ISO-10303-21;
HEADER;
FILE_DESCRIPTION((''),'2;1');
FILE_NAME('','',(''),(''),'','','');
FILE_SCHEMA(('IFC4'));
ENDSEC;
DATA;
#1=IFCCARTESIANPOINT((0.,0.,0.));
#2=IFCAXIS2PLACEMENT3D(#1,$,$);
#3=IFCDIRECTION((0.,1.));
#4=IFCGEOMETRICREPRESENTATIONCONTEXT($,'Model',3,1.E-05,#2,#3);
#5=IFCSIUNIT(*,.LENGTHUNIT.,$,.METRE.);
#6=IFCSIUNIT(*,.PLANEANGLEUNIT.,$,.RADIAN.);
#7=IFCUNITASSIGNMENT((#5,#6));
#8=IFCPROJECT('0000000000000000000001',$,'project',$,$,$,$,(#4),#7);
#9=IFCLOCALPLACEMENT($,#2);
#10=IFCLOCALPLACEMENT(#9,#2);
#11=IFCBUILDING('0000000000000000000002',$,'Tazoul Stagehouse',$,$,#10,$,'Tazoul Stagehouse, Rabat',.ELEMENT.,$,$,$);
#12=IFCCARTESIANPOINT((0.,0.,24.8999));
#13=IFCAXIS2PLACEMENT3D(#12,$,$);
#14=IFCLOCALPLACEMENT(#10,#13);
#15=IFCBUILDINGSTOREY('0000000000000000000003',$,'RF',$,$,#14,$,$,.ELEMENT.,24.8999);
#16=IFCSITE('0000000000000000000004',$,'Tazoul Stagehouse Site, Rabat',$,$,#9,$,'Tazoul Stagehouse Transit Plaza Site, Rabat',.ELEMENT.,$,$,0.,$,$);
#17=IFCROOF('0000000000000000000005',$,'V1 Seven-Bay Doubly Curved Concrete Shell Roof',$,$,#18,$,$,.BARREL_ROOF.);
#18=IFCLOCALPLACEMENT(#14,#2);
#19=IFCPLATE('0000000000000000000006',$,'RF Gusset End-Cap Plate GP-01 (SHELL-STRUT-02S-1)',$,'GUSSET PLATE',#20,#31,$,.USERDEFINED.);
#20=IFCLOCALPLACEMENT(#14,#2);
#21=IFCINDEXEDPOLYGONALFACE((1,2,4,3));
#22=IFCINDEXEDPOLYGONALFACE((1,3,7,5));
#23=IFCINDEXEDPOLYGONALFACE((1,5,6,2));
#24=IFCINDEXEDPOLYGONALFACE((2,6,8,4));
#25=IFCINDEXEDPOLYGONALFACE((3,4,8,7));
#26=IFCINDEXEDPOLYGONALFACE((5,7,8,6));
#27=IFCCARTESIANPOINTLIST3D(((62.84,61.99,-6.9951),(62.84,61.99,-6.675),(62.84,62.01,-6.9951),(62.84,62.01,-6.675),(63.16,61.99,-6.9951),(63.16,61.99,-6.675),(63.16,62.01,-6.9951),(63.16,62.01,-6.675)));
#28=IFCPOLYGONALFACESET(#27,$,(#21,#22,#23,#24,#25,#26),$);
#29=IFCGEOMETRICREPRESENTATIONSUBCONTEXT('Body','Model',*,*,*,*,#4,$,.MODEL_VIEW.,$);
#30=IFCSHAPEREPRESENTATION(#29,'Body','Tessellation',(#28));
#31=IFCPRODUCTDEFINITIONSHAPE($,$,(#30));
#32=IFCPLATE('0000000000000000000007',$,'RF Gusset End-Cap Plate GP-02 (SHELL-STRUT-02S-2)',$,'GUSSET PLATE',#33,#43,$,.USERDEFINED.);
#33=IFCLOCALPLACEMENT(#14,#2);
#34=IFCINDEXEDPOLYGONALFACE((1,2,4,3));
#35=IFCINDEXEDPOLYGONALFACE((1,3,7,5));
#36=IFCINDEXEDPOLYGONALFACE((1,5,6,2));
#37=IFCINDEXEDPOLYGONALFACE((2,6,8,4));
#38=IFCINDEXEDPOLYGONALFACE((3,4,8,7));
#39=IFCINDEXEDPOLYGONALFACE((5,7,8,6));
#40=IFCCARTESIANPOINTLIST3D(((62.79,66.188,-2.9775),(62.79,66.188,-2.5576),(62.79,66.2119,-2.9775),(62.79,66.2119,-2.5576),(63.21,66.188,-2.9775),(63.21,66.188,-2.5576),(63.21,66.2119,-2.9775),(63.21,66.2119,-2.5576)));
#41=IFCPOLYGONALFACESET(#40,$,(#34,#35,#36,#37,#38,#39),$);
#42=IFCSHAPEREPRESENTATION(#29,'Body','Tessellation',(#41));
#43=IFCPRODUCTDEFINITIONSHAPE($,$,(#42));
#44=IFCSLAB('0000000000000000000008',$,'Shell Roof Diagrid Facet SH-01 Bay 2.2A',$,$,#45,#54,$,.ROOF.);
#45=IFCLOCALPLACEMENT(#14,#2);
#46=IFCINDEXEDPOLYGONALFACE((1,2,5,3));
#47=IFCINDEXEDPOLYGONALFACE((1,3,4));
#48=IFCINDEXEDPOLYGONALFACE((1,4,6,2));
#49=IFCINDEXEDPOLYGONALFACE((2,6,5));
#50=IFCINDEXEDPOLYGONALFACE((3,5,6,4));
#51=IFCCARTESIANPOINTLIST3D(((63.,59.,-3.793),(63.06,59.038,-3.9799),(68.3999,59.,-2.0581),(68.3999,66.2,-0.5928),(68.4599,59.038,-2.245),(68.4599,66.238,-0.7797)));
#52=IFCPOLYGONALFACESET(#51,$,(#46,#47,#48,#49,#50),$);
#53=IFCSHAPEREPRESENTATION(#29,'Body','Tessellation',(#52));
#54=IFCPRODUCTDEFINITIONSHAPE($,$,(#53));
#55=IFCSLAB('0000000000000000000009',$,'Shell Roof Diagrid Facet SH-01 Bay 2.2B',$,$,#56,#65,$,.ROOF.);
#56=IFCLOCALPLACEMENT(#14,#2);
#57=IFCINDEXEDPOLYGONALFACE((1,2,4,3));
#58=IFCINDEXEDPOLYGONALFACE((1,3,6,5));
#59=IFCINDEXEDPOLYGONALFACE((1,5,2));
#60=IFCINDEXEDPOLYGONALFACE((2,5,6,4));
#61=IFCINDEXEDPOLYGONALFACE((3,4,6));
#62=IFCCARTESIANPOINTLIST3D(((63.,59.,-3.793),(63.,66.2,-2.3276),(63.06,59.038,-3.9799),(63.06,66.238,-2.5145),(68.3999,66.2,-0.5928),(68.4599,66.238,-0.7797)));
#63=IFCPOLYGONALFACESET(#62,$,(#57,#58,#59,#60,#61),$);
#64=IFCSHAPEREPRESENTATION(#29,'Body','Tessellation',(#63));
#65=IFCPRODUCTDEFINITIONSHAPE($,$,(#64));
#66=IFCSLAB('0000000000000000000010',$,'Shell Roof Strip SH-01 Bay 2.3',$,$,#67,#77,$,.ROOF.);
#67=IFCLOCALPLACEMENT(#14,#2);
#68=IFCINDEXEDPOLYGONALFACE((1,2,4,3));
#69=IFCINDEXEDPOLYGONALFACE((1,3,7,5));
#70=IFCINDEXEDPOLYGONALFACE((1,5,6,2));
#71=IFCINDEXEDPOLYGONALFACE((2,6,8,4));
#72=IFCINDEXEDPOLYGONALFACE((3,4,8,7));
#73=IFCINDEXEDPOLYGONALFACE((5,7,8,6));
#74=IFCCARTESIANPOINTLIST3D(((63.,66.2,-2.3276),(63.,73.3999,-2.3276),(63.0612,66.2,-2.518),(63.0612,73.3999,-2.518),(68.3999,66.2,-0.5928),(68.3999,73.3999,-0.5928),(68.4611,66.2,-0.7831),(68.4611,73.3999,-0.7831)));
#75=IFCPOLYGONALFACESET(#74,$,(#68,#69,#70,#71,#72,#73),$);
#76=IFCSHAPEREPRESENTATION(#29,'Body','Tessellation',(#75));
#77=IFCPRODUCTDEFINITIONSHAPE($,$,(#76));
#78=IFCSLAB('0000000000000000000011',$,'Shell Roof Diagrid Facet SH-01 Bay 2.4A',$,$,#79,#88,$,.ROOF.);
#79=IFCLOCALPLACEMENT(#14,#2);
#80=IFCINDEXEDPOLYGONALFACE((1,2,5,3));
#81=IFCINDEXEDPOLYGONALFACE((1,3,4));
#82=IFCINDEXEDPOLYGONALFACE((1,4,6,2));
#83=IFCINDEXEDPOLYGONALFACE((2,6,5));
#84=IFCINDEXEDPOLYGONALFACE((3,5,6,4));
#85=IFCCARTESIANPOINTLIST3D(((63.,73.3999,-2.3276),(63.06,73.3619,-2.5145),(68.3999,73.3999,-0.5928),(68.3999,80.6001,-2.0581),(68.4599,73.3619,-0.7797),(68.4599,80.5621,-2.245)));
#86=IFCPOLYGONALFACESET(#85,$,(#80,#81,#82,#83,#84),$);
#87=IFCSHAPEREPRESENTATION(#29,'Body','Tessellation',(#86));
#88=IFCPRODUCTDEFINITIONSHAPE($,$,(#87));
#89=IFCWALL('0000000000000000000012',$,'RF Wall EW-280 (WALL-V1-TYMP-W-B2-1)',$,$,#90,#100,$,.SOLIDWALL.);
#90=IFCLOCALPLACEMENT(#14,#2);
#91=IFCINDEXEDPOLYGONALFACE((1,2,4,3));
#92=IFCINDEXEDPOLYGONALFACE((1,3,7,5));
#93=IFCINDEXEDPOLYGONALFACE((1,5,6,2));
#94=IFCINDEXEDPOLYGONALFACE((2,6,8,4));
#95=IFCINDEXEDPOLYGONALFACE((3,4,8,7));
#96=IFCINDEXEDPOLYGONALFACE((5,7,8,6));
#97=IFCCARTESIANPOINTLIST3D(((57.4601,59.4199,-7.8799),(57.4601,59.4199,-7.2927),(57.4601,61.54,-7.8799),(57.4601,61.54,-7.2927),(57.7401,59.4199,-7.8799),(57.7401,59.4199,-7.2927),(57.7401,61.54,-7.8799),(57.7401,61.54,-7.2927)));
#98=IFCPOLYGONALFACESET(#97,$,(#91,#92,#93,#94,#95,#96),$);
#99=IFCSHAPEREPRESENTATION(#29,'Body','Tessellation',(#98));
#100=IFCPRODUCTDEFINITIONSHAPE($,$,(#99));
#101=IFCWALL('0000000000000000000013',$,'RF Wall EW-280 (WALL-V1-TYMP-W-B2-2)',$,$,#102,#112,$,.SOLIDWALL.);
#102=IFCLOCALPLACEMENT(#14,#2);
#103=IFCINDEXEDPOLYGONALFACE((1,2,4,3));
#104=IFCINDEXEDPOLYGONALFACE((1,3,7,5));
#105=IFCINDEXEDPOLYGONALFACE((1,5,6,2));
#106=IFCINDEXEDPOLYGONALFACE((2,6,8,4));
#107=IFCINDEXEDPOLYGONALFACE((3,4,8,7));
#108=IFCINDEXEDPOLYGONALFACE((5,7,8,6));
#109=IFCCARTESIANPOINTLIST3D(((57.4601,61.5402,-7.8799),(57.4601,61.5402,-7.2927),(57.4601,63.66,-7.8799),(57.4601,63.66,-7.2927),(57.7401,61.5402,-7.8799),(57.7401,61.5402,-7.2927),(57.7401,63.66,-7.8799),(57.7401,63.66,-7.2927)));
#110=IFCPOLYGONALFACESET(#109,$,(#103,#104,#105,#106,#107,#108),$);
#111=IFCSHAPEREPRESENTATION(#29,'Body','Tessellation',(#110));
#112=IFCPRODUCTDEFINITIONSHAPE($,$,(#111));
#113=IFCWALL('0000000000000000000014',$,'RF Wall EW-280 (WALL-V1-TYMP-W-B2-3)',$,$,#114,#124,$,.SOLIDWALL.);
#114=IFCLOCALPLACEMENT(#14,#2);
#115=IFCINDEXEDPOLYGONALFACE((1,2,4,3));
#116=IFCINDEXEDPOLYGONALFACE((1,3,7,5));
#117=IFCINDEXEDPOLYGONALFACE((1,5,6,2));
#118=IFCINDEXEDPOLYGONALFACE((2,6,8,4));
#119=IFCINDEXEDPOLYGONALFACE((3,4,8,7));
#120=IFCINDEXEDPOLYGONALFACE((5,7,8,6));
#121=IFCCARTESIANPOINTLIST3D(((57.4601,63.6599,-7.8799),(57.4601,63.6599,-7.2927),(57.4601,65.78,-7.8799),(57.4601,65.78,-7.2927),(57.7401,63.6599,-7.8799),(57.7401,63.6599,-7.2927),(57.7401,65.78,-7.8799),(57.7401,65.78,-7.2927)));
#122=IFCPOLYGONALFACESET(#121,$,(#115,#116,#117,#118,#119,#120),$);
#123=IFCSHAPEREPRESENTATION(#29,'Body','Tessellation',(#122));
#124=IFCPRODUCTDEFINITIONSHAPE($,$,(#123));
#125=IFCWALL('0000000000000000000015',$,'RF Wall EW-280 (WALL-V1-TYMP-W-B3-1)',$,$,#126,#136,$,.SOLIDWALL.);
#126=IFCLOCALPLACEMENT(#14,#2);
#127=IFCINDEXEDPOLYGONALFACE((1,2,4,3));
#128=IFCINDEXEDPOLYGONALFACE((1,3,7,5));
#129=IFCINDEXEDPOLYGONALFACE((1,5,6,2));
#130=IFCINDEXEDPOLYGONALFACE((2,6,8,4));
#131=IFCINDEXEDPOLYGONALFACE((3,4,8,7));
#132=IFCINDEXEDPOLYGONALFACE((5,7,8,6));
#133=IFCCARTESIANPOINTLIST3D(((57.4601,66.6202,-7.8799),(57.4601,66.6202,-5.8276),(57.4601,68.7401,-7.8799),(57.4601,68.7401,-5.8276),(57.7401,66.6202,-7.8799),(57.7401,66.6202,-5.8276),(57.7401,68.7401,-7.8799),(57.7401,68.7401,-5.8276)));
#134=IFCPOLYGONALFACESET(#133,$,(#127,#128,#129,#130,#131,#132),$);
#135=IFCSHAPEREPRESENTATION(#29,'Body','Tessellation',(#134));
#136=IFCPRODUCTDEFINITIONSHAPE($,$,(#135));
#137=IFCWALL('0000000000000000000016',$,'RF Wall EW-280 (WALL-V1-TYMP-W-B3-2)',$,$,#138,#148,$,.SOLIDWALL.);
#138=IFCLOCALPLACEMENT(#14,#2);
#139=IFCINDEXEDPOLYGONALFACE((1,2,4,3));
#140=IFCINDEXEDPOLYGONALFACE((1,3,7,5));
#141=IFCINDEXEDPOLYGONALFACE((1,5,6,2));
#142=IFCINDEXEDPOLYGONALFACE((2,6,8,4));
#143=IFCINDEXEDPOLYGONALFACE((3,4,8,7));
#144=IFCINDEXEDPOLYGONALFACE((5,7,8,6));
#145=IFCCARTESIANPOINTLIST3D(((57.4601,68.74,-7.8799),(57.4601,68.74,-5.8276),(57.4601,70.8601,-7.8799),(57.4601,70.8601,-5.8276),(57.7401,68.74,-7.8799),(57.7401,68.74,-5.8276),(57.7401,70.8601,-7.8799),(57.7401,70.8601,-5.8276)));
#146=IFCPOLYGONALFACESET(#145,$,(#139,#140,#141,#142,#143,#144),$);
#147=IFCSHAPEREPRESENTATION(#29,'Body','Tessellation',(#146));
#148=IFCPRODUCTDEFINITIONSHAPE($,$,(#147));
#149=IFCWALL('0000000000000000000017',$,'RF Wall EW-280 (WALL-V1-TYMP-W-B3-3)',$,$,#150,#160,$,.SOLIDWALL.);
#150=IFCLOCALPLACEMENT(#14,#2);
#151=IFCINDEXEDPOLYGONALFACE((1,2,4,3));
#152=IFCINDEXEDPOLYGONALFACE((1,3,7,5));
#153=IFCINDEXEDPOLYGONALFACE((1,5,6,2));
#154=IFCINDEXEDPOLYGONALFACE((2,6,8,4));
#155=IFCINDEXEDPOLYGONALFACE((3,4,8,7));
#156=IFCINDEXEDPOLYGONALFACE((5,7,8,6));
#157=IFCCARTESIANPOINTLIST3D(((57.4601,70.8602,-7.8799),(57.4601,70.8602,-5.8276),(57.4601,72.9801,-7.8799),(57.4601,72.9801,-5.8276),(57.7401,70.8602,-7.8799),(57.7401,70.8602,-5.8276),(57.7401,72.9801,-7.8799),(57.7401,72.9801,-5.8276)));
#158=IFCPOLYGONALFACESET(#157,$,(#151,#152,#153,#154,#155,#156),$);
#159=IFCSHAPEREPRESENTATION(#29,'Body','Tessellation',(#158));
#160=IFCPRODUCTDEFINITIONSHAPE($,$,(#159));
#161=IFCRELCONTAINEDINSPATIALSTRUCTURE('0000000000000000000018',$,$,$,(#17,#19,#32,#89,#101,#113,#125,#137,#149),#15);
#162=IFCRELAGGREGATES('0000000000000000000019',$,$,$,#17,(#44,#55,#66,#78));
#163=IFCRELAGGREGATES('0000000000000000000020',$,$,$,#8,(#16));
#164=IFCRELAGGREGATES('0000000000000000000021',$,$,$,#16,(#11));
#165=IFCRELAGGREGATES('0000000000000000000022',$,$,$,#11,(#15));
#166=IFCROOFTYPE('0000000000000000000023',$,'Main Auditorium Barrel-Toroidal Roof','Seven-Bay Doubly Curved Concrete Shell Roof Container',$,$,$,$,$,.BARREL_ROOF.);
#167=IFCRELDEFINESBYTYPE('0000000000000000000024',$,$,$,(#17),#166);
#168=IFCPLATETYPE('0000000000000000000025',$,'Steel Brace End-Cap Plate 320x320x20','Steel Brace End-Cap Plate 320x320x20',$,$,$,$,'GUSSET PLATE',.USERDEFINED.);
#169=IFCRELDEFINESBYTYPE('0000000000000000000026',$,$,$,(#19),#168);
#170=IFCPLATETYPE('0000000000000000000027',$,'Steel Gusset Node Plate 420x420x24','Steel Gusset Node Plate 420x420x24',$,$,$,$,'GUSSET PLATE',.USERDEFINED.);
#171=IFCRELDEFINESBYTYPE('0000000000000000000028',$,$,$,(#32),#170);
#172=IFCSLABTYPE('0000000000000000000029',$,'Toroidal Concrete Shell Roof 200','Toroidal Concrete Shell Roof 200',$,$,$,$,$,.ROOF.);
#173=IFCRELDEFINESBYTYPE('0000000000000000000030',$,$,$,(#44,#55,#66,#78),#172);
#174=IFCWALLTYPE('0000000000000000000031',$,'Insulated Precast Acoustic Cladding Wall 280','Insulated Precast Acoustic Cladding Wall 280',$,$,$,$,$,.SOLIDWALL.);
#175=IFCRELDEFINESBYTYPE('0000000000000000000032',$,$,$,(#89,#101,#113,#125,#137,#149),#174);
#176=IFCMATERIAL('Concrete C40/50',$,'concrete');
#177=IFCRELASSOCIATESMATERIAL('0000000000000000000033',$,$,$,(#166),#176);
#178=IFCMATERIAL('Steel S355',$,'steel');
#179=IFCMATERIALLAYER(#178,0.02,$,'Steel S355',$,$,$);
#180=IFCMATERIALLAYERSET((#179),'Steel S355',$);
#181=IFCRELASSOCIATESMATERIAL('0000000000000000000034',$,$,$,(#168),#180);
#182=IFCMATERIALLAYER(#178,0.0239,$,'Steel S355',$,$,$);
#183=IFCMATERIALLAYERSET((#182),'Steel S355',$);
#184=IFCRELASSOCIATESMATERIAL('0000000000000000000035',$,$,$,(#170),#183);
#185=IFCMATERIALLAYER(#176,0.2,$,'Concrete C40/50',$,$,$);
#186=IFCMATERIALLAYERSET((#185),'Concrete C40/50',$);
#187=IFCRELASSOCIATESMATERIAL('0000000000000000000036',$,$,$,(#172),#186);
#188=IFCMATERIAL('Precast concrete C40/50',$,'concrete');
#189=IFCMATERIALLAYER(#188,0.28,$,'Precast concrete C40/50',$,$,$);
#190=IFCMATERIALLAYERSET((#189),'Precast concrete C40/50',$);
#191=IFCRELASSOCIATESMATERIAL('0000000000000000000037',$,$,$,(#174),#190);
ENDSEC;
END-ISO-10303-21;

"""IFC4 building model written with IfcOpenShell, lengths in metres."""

from ifc_helpers import new_model, si_unit, direction, frame, frame_2d, origin, origin_2d, place, context, subcontext, project, spatial, polyline, rectangle, outline, extrude, material, layer, layer_set, type_object, element, aggregate, save


model = new_model("IFC4")

# Units and contexts
model_context = context("Model", 3, precision=1e-05, world=origin(), true_north=direction((0.0, 1.0)))
body_context = subcontext(model_context, "Body", "Model", "MODEL_VIEW")
ifc_project = project(units=[si_unit("LENGTHUNIT", "METRE"), si_unit("PLANEANGLEUNIT", "RADIAN")], contexts=[model_context])

# Site, building, storey
site_placement = place(None, origin())
site = spatial("IfcSite", under=ifc_project, at=site_placement, Name="Tazoul Stagehouse Site, Rabat", LongName="Tazoul Stagehouse Transit Plaza Site, Rabat", CompositionType="ELEMENT", RefElevation=0.0)
building_placement = place(site_placement, origin())
building = spatial("IfcBuilding", under=site, at=building_placement, Name="Tazoul Stagehouse", LongName="Tazoul Stagehouse, Rabat", CompositionType="ELEMENT")
storey_placement = place(building_placement, frame((0.0, 0.0, 24.8999)))
storey = spatial("IfcBuildingStorey", under=building, at=storey_placement, Name="RF", CompositionType="ELEMENT", Elevation=24.8999)

# Shared definitions
ifc_material_1 = material(Name="Concrete C40/50", Category="concrete")

# Shared definitions
ifc_material_2 = material(Name="Steel S355", Category="steel")

# Roof
roof_type_1 = type_object("IfcRoofType", Name="Main Auditorium Barrel-Toroidal Roof", Description="Seven-Bay Doubly Curved Concrete Shell Roof Container", PredefinedType="BARREL_ROOF", material=ifc_material_1)
roof_1_placement = place(storey_placement, origin())
roof_1 = element("IfcRoof", 1, at=roof_1_placement, inside=storey, type_object=roof_type_1, Name="V1 Seven-Bay Doubly Curved Concrete Shell Roof", PredefinedType="BARREL_ROOF")

# Plates
ifc_layer_1 = layer(ifc_material_2, 0.02, Name="Steel S355")
ifc_layer_set_1 = layer_set([ifc_layer_1], Name="Steel S355")
plate_type_1 = type_object("IfcPlateType", Name="Steel Brace End-Cap Plate 320x320x20", Description="Steel Brace End-Cap Plate 320x320x20", ElementType="GUSSET PLATE", PredefinedType="USERDEFINED", material=ifc_layer_set_1)
plate_1_placement = place(storey_placement, frame((63.0, 62.0, -6.9951), z_axis=(0.0, 0.0, 1.0), x_axis=(0.0, 1.0, 0.0)))
element("IfcPlate", 2, at=plate_1_placement, inside=storey, type_object=plate_type_1, Name="RF Gusset End-Cap Plate GP-01 (SHELL-STRUT-02S-1)", ObjectType="GUSSET PLATE", PredefinedType="USERDEFINED", context=body_context, shape_type="SweptSolid", body=[
    extrude(rectangle(XDim=0.02, YDim=0.3201, at=origin_2d()), origin(), (0.0, 0.0, 1.0), 0.3201),
])
ifc_layer_2 = layer(ifc_material_2, 0.0239, Name="Steel S355")
ifc_layer_set_2 = layer_set([ifc_layer_2], Name="Steel S355")
plate_type_2 = type_object("IfcPlateType", Name="Steel Gusset Node Plate 420x420x24", Description="Steel Gusset Node Plate 420x420x24", ElementType="GUSSET PLATE", PredefinedType="USERDEFINED", material=ifc_layer_set_2)
plate_2_placement = place(storey_placement, frame((63.0, 66.2, -2.9775), z_axis=(0.0, 0.0, 1.0), x_axis=(0.0, 1.0, 0.0)))
element("IfcPlate", 3, at=plate_2_placement, inside=storey, type_object=plate_type_2, Name="RF Gusset End-Cap Plate GP-02 (SHELL-STRUT-02S-2)", ObjectType="GUSSET PLATE", PredefinedType="USERDEFINED", context=body_context, shape_type="SweptSolid", body=[
    extrude(rectangle(XDim=0.0239, YDim=0.4199, at=origin_2d()), origin(), (0.0, 0.0, 1.0), 0.4199),
])

# Slabs
ifc_layer_3 = layer(ifc_material_1, 0.2, Name="Concrete C40/50")
ifc_layer_set_3 = layer_set([ifc_layer_3], Name="Concrete C40/50")
slab_type_1 = type_object("IfcSlabType", Name="Toroidal Concrete Shell Roof 200", Description="Toroidal Concrete Shell Roof 200", PredefinedType="ROOF", material=ifc_layer_set_3)
slab_1_placement = place(storey_placement, frame((63.0, 59.0, -3.793), z_axis=(-0.300293, -0.190227, 0.934686), x_axis=(0.952071, 0.0, 0.305878)))
slab_1 = element("IfcSlab", 4, at=slab_1_placement, type_object=slab_type_1, Name="Shell Roof Diagrid Facet SH-01 Bay 2.2A", PredefinedType="ROOF", context=body_context, shape_type="SweptSolid", body=[
    extrude(outline(polyline([(0.0, 0.0), (5.6717, 0.0), (6.12, 7.3339), (0.0, 0.0)])), origin(), (0.0, 0.0, -1.0), 0.2),
])
slab_2_placement = place(storey_placement, frame((63.0, 59.0, -3.793), z_axis=(-0.300293, -0.190227, 0.934686), x_axis=(0.56532, 0.753769, 0.335031)))
slab_2 = element("IfcSlab", 5, at=slab_2_placement, type_object=slab_type_1, Name="Shell Roof Diagrid Facet SH-01 Bay 2.2B", PredefinedType="ROOF", context=body_context, shape_type="SweptSolid", body=[
    extrude(outline(polyline([(0.0, 0.0), (9.5519, 0.0), (5.918, 4.3547), (0.0, 0.0)])), origin(), (0.0, 0.0, -1.0), 0.2),
])
slab_3_placement = place(storey_placement, frame((63.0, 66.2, -2.3276), z_axis=(-0.305878, 0.0, 0.952071), x_axis=(0.952071, 0.0, 0.305878)))
slab_3 = element("IfcSlab", 6, at=slab_3_placement, type_object=slab_type_1, Name="Shell Roof Strip SH-01 Bay 2.3", PredefinedType="ROOF", context=body_context, shape_type="SweptSolid", body=[
    extrude(outline(polyline([(0.0, 0.0), (5.6717, 0.0), (5.6717, 7.2), (0.0, 7.2), (0.0, 0.0)])), origin(), (0.0, 0.0, -1.0), 0.2),
])
slab_4_placement = place(storey_placement, frame((63.0, 73.3999, -2.3276), z_axis=(-0.300293, 0.190221, 0.934687), x_axis=(0.952071, 0.0, 0.305878)))
slab_4 = element("IfcSlab", 7, at=slab_4_placement, type_object=slab_type_1, Name="Shell Roof Diagrid Facet SH-01 Bay 2.4A", PredefinedType="ROOF", context=body_context, shape_type="SweptSolid", body=[
    extrude(outline(polyline([(0.0, 0.0), (5.6717, 0.0), (5.2235, 7.3341), (0.0, 0.0)])), origin(), (0.0, 0.0, -1.0), 0.2),
])
aggregate(roof_1, [slab_1, slab_2, slab_3, slab_4])

# Walls
ifc_material_3 = material(Name="Precast concrete C40/50", Category="concrete")
ifc_layer_4 = layer(ifc_material_3, 0.28, Name="Precast concrete C40/50")
ifc_layer_set_4 = layer_set([ifc_layer_4], Name="Precast concrete C40/50")
wall_type = type_object("IfcWallType", Name="Insulated Precast Acoustic Cladding Wall 280", Description="Insulated Precast Acoustic Cladding Wall 280", PredefinedType="SOLIDWALL", material=ifc_layer_set_4)
wall_1_placement = place(storey_placement, frame((57.6001, 59.4199, -7.8799), z_axis=(0.0, 0.0, 1.0), x_axis=(0.0, 1.0, 0.0)))
element("IfcWall", 8, at=wall_1_placement, inside=storey, type_object=wall_type, Name="RF Wall EW-280 (WALL-V1-TYMP-W-B2-1)", PredefinedType="SOLIDWALL", context=body_context, shape_type="SweptSolid", body=[
    extrude(rectangle(XDim=2.1201, YDim=0.28, at=frame_2d((1.0601, 0.0))), origin(), (0.0, 0.0, 1.0), 0.5872),
])
wall_2_placement = place(storey_placement, frame((57.6001, 61.54, -7.8799), z_axis=(0.0, 0.0, 1.0), x_axis=(0.0, 1.0, 0.0)))
element("IfcWall", 9, at=wall_2_placement, inside=storey, type_object=wall_type, Name="RF Wall EW-280 (WALL-V1-TYMP-W-B2-2)", PredefinedType="SOLIDWALL", context=body_context, shape_type="SweptSolid", body=[
    extrude(rectangle(XDim=2.1199, YDim=0.28, at=frame_2d((1.0601, 0.0))), origin(), (0.0, 0.0, 1.0), 0.5872),
])
wall_3_placement = place(storey_placement, frame((57.6001, 63.6599, -7.8799), z_axis=(0.0, 0.0, 1.0), x_axis=(0.0, 1.0, 0.0)))
element("IfcWall", 10, at=wall_3_placement, inside=storey, type_object=wall_type, Name="RF Wall EW-280 (WALL-V1-TYMP-W-B2-3)", PredefinedType="SOLIDWALL", context=body_context, shape_type="SweptSolid", body=[
    extrude(rectangle(XDim=2.1201, YDim=0.28, at=frame_2d((1.0601, 0.0))), origin(), (0.0, 0.0, 1.0), 0.5872),
])
wall_4_placement = place(storey_placement, frame((57.6001, 66.6201, -7.8799), z_axis=(0.0, 0.0, 1.0), x_axis=(0.0, 1.0, 0.0)))
element("IfcWall", 11, at=wall_4_placement, inside=storey, type_object=wall_type, Name="RF Wall EW-280 (WALL-V1-TYMP-W-B3-1)", PredefinedType="SOLIDWALL", context=body_context, shape_type="SweptSolid", body=[
    extrude(rectangle(XDim=2.1199, YDim=0.28, at=frame_2d((1.0601, 0.0))), origin(), (0.0, 0.0, 1.0), 2.0522),
])
wall_5_placement = place(storey_placement, frame((57.6001, 68.74, -7.8799), z_axis=(0.0, 0.0, 1.0), x_axis=(0.0, 1.0, 0.0)))
element("IfcWall", 12, at=wall_5_placement, inside=storey, type_object=wall_type, Name="RF Wall EW-280 (WALL-V1-TYMP-W-B3-2)", PredefinedType="SOLIDWALL", context=body_context, shape_type="SweptSolid", body=[
    extrude(rectangle(XDim=2.1201, YDim=0.28, at=frame_2d((1.0601, 0.0))), origin(), (0.0, 0.0, 1.0), 2.0522),
])
wall_6_placement = place(storey_placement, frame((57.6001, 70.8601, -7.8799), z_axis=(0.0, 0.0, 1.0), x_axis=(0.0, 1.0, 0.0)))
element("IfcWall", 13, at=wall_6_placement, inside=storey, type_object=wall_type, Name="RF Wall EW-280 (WALL-V1-TYMP-W-B3-3)", PredefinedType="SOLIDWALL", context=body_context, shape_type="SweptSolid", body=[
    extrude(rectangle(XDim=2.1199, YDim=0.28, at=frame_2d((1.0601, 0.0))), origin(), (0.0, 0.0, 1.0), 2.0522),
])

save(model, "model.ifc")
